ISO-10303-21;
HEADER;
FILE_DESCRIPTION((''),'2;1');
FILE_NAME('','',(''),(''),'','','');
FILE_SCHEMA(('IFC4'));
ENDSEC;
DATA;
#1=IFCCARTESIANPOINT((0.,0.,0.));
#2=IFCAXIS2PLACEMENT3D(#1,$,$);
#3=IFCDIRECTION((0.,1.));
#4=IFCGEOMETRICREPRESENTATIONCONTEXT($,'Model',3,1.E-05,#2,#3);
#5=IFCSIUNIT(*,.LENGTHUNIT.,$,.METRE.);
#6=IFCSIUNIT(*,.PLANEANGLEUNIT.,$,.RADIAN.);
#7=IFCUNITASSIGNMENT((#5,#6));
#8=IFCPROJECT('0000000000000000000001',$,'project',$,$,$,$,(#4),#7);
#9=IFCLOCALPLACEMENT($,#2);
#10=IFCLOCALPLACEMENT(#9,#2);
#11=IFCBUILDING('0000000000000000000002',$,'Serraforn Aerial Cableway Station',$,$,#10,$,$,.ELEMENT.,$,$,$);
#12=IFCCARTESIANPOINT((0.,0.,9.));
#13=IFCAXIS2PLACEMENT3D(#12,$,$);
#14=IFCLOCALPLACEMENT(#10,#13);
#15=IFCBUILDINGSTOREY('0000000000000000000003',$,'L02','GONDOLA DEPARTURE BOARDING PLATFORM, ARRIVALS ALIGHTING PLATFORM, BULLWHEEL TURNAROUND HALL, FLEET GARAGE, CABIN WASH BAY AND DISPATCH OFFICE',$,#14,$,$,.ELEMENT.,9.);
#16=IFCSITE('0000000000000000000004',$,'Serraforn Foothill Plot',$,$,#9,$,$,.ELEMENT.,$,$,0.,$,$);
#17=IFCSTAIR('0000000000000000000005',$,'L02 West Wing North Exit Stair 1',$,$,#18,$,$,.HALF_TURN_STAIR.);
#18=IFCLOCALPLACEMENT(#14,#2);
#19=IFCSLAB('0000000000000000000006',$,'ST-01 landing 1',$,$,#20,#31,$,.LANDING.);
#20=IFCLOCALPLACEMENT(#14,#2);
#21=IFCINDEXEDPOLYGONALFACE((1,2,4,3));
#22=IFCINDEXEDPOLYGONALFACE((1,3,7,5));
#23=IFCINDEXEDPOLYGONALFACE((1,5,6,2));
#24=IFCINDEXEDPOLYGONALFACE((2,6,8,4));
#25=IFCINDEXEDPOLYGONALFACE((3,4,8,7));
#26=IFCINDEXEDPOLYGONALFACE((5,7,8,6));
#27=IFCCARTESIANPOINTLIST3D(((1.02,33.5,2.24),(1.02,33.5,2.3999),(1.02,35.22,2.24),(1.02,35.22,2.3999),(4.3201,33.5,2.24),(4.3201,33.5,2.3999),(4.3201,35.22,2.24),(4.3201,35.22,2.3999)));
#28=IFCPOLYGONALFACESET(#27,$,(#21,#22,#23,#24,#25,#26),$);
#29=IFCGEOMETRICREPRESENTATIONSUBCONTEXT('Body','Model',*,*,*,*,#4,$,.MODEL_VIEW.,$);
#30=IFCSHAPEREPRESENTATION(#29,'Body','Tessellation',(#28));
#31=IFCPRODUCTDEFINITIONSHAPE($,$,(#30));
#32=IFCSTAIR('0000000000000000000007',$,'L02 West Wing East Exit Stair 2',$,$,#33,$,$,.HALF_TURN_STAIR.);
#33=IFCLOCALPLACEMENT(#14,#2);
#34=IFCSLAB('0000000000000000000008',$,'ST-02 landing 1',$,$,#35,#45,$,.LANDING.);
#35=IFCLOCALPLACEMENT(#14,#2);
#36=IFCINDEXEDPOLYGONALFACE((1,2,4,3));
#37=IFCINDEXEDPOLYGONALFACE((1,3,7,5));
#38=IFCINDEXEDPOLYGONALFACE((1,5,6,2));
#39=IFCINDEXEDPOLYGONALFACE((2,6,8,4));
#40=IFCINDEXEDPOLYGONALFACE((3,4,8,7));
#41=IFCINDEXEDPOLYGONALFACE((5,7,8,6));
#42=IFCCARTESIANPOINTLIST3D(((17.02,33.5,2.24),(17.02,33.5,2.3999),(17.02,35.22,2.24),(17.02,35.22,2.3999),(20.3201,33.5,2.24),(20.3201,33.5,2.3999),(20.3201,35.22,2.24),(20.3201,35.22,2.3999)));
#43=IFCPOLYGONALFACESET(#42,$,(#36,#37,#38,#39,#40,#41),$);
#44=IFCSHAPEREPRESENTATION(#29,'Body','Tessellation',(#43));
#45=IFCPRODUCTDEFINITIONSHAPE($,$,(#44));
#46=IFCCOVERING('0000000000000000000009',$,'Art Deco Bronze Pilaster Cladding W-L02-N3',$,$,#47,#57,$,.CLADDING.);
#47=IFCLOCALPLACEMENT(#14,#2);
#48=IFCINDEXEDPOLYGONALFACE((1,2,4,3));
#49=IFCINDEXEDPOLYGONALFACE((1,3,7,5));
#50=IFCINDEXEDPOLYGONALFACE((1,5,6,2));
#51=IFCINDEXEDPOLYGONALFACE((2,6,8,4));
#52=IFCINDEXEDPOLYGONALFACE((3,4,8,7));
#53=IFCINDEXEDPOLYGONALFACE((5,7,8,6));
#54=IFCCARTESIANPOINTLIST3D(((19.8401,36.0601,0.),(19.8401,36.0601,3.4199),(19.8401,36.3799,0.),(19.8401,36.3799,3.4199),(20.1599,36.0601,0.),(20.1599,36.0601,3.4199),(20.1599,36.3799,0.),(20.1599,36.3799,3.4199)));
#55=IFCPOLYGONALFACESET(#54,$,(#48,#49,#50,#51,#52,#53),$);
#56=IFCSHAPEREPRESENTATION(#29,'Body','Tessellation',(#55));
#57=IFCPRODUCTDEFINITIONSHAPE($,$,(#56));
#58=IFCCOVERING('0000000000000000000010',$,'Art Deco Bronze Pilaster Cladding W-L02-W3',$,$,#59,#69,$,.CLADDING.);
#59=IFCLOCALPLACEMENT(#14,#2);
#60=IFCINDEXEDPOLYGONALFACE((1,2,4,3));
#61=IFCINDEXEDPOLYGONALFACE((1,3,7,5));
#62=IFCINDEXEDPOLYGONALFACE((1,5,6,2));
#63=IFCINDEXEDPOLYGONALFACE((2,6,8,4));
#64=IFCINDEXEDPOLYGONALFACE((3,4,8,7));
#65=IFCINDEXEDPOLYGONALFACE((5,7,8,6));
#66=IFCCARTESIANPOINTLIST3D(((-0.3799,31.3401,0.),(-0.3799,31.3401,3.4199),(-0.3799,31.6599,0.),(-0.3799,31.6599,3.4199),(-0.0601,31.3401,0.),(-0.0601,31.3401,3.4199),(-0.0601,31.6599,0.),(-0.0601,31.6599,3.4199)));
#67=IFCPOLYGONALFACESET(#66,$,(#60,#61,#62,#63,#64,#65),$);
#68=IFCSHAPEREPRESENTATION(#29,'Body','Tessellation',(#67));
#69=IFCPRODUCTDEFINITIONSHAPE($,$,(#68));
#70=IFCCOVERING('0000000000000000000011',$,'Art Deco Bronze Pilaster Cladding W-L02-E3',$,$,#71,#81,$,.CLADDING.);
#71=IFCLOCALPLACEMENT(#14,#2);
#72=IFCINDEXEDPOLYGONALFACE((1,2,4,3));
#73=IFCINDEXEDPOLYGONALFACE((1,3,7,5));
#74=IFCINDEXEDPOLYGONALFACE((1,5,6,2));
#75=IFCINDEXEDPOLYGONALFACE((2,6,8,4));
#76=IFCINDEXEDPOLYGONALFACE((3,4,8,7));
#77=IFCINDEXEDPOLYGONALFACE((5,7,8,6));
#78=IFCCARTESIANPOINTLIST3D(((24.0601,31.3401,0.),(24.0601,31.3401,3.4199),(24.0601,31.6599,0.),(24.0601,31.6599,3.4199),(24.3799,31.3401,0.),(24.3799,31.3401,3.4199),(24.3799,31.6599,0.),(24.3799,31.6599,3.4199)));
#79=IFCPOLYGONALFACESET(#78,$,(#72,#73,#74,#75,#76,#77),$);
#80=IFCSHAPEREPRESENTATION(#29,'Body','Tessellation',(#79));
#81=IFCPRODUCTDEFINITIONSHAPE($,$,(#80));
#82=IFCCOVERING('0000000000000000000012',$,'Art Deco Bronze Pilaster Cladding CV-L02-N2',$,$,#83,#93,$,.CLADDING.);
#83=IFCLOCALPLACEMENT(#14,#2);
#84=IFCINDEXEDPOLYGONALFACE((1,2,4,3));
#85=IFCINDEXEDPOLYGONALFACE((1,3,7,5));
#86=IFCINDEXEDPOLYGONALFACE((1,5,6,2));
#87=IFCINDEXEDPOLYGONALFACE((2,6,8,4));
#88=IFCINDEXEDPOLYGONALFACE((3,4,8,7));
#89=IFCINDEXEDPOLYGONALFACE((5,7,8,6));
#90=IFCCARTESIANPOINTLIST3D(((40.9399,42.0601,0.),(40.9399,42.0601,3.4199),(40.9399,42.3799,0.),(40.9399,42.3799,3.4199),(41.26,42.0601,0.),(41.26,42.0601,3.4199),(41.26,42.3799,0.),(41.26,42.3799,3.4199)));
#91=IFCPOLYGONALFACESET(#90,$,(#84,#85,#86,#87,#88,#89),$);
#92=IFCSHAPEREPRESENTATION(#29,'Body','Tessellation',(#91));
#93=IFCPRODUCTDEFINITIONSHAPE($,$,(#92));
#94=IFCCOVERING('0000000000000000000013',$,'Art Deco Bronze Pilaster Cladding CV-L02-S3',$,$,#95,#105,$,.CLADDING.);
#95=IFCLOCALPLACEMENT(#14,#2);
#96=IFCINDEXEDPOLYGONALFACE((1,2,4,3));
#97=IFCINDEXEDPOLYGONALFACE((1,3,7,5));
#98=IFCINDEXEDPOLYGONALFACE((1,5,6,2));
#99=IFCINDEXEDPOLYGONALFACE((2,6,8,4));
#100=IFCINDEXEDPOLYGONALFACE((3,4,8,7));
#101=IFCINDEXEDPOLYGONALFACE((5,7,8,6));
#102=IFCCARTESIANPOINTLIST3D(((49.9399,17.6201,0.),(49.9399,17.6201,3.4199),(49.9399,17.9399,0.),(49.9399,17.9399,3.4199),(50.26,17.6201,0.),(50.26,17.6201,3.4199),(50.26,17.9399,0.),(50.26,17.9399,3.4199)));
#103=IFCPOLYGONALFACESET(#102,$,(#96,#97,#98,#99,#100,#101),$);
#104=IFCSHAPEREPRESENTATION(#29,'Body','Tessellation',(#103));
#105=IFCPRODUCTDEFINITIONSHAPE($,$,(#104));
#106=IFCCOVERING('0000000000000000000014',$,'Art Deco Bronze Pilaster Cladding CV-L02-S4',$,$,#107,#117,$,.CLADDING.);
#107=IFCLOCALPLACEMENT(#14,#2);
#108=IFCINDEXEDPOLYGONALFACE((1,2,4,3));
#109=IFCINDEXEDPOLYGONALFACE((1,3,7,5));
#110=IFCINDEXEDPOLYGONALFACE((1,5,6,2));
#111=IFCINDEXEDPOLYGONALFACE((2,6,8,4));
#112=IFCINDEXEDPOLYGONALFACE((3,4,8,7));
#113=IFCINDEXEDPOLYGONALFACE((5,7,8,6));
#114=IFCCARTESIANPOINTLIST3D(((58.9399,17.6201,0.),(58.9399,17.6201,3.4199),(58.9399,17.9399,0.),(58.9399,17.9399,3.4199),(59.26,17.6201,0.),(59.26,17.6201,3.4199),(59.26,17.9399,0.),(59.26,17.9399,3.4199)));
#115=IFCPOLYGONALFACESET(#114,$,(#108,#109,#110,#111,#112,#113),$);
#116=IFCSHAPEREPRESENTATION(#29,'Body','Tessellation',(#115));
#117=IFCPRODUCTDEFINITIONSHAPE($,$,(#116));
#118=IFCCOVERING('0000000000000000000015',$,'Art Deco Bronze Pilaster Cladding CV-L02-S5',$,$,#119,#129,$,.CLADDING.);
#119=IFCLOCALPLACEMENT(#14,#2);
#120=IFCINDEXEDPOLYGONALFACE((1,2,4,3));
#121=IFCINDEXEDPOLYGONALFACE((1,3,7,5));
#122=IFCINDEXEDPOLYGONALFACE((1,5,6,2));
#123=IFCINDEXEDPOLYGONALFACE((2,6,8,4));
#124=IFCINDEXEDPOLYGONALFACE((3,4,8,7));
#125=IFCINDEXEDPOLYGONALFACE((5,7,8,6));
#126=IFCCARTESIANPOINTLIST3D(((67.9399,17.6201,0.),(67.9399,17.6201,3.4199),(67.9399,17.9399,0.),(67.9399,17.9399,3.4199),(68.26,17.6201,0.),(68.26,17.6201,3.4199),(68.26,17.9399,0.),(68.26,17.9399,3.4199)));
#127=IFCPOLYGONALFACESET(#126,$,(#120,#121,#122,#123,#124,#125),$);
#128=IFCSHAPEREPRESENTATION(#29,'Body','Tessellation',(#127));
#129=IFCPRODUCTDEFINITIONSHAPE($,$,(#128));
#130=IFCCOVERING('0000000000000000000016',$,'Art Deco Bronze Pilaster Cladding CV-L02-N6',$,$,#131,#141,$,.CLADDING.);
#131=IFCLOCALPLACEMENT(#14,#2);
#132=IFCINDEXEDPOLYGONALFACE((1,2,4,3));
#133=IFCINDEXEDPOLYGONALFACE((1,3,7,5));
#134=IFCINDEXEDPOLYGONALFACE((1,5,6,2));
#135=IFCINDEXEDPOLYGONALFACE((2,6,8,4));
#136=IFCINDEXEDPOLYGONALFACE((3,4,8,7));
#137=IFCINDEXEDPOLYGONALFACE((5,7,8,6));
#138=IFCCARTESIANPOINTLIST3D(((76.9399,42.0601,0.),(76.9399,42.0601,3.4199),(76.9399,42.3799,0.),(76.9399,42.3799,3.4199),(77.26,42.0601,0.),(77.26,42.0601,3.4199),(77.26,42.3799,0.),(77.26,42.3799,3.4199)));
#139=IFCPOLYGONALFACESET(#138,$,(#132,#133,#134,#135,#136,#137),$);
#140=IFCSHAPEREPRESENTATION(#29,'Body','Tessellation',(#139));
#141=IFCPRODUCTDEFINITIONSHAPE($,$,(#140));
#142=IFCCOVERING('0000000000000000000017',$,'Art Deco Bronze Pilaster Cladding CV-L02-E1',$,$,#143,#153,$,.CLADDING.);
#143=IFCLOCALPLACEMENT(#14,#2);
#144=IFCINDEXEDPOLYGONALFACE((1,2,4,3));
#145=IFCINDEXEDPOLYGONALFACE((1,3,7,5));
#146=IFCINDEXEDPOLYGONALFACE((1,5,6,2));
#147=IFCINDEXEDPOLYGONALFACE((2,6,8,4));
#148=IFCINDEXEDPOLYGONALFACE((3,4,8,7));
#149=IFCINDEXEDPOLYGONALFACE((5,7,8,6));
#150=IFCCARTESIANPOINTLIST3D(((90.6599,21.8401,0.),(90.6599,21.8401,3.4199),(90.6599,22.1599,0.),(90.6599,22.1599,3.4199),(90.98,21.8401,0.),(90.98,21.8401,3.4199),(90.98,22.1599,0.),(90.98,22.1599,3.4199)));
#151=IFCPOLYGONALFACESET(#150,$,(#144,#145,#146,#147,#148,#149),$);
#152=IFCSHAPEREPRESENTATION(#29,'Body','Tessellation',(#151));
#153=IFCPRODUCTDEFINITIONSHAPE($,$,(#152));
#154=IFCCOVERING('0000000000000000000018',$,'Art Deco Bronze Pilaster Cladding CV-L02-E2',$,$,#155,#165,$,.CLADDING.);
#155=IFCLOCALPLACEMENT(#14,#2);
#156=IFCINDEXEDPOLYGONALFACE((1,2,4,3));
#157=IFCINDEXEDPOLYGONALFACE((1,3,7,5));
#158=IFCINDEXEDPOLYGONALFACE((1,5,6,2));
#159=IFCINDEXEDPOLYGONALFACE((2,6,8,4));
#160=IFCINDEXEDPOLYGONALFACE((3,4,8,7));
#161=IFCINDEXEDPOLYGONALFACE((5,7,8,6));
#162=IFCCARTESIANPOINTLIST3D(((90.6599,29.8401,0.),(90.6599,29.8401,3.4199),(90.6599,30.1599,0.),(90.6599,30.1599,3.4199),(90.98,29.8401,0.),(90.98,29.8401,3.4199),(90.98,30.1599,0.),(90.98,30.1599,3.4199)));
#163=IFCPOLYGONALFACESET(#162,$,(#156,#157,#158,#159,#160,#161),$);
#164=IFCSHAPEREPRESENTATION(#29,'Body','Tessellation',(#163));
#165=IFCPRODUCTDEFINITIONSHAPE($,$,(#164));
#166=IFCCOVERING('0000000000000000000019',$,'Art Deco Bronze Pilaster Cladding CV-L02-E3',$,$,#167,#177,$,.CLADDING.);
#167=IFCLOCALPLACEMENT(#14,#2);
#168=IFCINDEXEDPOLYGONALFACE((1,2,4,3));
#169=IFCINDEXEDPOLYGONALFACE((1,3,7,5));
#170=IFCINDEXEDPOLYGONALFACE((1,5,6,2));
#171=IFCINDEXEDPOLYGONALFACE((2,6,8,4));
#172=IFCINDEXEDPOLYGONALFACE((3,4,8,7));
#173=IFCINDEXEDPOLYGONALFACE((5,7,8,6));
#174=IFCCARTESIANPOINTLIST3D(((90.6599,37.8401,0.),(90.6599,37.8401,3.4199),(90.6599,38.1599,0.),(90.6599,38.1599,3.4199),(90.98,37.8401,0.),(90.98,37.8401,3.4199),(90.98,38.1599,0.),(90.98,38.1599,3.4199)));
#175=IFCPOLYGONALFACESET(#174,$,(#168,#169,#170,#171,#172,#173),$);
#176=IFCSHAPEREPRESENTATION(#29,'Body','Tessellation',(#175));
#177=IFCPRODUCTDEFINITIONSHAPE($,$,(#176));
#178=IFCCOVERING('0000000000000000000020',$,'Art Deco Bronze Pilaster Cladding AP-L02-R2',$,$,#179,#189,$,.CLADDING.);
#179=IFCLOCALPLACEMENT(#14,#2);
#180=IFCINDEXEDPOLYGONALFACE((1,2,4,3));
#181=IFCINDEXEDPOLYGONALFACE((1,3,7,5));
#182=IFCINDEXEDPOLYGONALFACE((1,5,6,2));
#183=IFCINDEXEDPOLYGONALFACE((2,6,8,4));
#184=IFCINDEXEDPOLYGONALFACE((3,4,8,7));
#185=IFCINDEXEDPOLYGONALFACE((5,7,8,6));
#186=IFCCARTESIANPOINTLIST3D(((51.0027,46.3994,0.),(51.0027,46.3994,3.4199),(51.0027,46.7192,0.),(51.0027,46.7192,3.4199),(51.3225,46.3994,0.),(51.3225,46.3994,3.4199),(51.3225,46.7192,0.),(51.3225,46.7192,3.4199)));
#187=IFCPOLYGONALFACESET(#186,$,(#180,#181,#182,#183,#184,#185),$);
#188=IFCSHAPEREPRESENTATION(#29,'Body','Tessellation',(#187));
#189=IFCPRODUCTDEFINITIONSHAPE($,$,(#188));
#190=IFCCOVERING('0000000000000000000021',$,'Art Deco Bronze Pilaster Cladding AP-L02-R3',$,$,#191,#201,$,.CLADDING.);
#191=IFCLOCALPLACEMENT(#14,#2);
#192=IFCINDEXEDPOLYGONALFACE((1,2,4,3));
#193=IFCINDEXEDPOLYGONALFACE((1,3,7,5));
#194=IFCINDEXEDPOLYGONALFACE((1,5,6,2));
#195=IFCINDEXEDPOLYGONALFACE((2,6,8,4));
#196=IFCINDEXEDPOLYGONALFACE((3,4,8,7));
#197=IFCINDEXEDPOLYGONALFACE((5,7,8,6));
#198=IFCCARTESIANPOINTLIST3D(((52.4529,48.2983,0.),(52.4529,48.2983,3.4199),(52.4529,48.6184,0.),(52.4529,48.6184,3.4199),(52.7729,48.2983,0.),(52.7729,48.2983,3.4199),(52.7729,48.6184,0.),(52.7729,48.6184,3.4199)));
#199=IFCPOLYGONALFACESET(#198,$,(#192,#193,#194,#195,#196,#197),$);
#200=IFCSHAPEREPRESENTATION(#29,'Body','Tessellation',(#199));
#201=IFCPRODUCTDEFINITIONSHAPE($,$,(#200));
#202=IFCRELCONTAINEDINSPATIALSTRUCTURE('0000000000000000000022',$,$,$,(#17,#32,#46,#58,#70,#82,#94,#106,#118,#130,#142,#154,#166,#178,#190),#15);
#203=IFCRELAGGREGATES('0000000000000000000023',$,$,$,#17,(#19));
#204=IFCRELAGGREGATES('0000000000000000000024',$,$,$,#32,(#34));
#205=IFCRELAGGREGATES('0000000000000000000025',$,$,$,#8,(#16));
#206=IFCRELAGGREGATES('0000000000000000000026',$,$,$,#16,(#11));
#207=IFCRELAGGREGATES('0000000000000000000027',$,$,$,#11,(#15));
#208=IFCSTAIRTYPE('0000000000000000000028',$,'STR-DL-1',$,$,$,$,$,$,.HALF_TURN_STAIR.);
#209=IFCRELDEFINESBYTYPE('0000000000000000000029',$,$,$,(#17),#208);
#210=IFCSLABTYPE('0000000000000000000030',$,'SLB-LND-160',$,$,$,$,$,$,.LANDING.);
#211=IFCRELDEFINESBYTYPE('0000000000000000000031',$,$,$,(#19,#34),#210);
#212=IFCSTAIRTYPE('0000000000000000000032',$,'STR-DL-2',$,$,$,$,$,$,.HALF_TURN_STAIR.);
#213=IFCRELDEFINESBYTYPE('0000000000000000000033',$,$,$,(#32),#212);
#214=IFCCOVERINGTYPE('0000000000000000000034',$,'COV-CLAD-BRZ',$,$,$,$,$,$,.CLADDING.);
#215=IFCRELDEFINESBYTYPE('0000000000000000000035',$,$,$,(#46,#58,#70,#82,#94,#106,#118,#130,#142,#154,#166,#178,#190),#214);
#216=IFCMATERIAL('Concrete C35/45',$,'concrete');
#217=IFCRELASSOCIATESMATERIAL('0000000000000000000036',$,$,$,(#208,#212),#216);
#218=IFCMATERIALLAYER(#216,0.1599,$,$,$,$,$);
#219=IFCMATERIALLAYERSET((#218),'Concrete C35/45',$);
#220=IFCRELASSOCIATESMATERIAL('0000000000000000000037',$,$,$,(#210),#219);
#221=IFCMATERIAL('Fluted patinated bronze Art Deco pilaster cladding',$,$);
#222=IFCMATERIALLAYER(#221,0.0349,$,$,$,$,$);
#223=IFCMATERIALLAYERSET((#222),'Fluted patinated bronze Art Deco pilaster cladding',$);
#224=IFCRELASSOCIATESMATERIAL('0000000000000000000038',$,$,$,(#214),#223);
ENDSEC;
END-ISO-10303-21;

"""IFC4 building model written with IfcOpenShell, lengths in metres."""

from ifc_helpers import new_model, si_unit, direction, frame, origin, place, context, subcontext, project, spatial, polyline, outline, extrude, material, layer, layer_set, type_object, element, aggregate, save


model = new_model("IFC4")

# Units and contexts
model_context = context("Model", 3, precision=1e-05, world=origin(), true_north=direction((0.0, 1.0)))
body_context = subcontext(model_context, "Body", "Model", "MODEL_VIEW")
ifc_project = project(units=[si_unit("LENGTHUNIT", "METRE"), si_unit("PLANEANGLEUNIT", "RADIAN")], contexts=[model_context])

# Site, building, storey
site_placement = place(None, origin())
site = spatial("IfcSite", under=ifc_project, at=site_placement, Name="Serraforn Foothill Plot", CompositionType="ELEMENT", RefElevation=0.0)
building_placement = place(site_placement, origin())
building = spatial("IfcBuilding", under=site, at=building_placement, Name="Serraforn Aerial Cableway Station", CompositionType="ELEMENT")
storey_placement = place(building_placement, frame((0.0, 0.0, 9.0)))
storey = spatial("IfcBuildingStorey", under=building, at=storey_placement, Name="L02", Description="GONDOLA DEPARTURE BOARDING PLATFORM, ARRIVALS ALIGHTING PLATFORM, BULLWHEEL TURNAROUND HALL, FLEET GARAGE, CABIN WASH BAY AND DISPATCH OFFICE", CompositionType="ELEMENT", Elevation=9.0)

# Stairs, slabs
ifc_material_1 = material(Name="Concrete C35/45", Category="concrete")
stair_type_1 = type_object("IfcStairType", Name="STR-DL-1", PredefinedType="HALF_TURN_STAIR", material=ifc_material_1)
stair_1_placement = place(storey_placement, origin())
stair_1 = element("IfcStair", 1, at=stair_1_placement, inside=storey, type_object=stair_type_1, Name="L02 West Wing North Exit Stair 1", PredefinedType="HALF_TURN_STAIR")
ifc_layer_1 = layer(ifc_material_1, 0.1599)
ifc_layer_set_1 = layer_set([ifc_layer_1], Name="Concrete C35/45")
slab_type = type_object("IfcSlabType", Name="SLB-LND-160", PredefinedType="LANDING", material=ifc_layer_set_1)
slab_1_placement = place(storey_placement, frame((0.0, 0.0, 2.24)))
slab_1 = element("IfcSlab", 2, at=slab_1_placement, type_object=slab_type, Name="ST-01 landing 1", PredefinedType="LANDING", context=body_context, shape_type="SweptSolid", body=[
    extrude(outline(polyline([(4.3201, 33.5), (4.3201, 35.22), (1.02, 35.22), (1.02, 33.5), (4.3201, 33.5)])), origin(), (0.0, 0.0, 1.0), 0.1599),
])
aggregate(stair_1, [slab_1])
stair_type_2 = type_object("IfcStairType", Name="STR-DL-2", PredefinedType="HALF_TURN_STAIR", material=ifc_material_1)
stair_2_placement = place(storey_placement, origin())
stair_2 = element("IfcStair", 3, at=stair_2_placement, inside=storey, type_object=stair_type_2, Name="L02 West Wing East Exit Stair 2", PredefinedType="HALF_TURN_STAIR")
slab_2_placement = place(storey_placement, frame((0.0, 0.0, 2.24)))
slab_2 = element("IfcSlab", 4, at=slab_2_placement, type_object=slab_type, Name="ST-02 landing 1", PredefinedType="LANDING", context=body_context, shape_type="SweptSolid", body=[
    extrude(outline(polyline([(20.3201, 33.5), (20.3201, 35.22), (17.02, 35.22), (17.02, 33.5), (20.3201, 33.5)])), origin(), (0.0, 0.0, 1.0), 0.1599),
])
aggregate(stair_2, [slab_2])

# Coverings
ifc_material_2 = material(Name="Fluted patinated bronze Art Deco pilaster cladding")
ifc_layer_2 = layer(ifc_material_2, 0.0349)
ifc_layer_set_2 = layer_set([ifc_layer_2], Name="Fluted patinated bronze Art Deco pilaster cladding")
covering_type = type_object("IfcCoveringType", Name="COV-CLAD-BRZ", PredefinedType="CLADDING", material=ifc_layer_set_2)
covering_1_placement = place(storey_placement, origin())
element("IfcCovering", 5, at=covering_1_placement, inside=storey, type_object=covering_type, Name="Art Deco Bronze Pilaster Cladding W-L02-N3", PredefinedType="CLADDING", context=body_context, shape_type="SweptSolid", body=[
    extrude(outline(polyline([(19.8401, 36.0601), (20.1599, 36.0601), (20.1599, 36.3799), (19.8401, 36.3799), (19.8401, 36.0601)])), origin(), (0.0, 0.0, 1.0), 3.4199),
])
covering_2_placement = place(storey_placement, origin())
element("IfcCovering", 6, at=covering_2_placement, inside=storey, type_object=covering_type, Name="Art Deco Bronze Pilaster Cladding W-L02-W3", PredefinedType="CLADDING", context=body_context, shape_type="SweptSolid", body=[
    extrude(outline(polyline([(-0.3799, 31.3401), (-0.0601, 31.3401), (-0.0601, 31.6599), (-0.3799, 31.6599), (-0.3799, 31.3401)])), origin(), (0.0, 0.0, 1.0), 3.4199),
])
covering_3_placement = place(storey_placement, origin())
element("IfcCovering", 7, at=covering_3_placement, inside=storey, type_object=covering_type, Name="Art Deco Bronze Pilaster Cladding W-L02-E3", PredefinedType="CLADDING", context=body_context, shape_type="SweptSolid", body=[
    extrude(outline(polyline([(24.0601, 31.3401), (24.3799, 31.3401), (24.3799, 31.6599), (24.0601, 31.6599), (24.0601, 31.3401)])), origin(), (0.0, 0.0, 1.0), 3.4199),
])
covering_4_placement = place(storey_placement, origin())
element("IfcCovering", 8, at=covering_4_placement, inside=storey, type_object=covering_type, Name="Art Deco Bronze Pilaster Cladding CV-L02-N2", PredefinedType="CLADDING", context=body_context, shape_type="SweptSolid", body=[
    extrude(outline(polyline([(40.9399, 42.0601), (41.26, 42.0601), (41.26, 42.3799), (40.9399, 42.3799), (40.9399, 42.0601)])), origin(), (0.0, 0.0, 1.0), 3.4199),
])
covering_5_placement = place(storey_placement, origin())
element("IfcCovering", 9, at=covering_5_placement, inside=storey, type_object=covering_type, Name="Art Deco Bronze Pilaster Cladding CV-L02-S3", PredefinedType="CLADDING", context=body_context, shape_type="SweptSolid", body=[
    extrude(outline(polyline([(49.9399, 17.6201), (50.26, 17.6201), (50.26, 17.9399), (49.9399, 17.9399), (49.9399, 17.6201)])), origin(), (0.0, 0.0, 1.0), 3.4199),
])
covering_6_placement = place(storey_placement, origin())
element("IfcCovering", 10, at=covering_6_placement, inside=storey, type_object=covering_type, Name="Art Deco Bronze Pilaster Cladding CV-L02-S4", PredefinedType="CLADDING", context=body_context, shape_type="SweptSolid", body=[
    extrude(outline(polyline([(58.9399, 17.6201), (59.26, 17.6201), (59.26, 17.9399), (58.9399, 17.9399), (58.9399, 17.6201)])), origin(), (0.0, 0.0, 1.0), 3.4199),
])
covering_7_placement = place(storey_placement, origin())
element("IfcCovering", 11, at=covering_7_placement, inside=storey, type_object=covering_type, Name="Art Deco Bronze Pilaster Cladding CV-L02-S5", PredefinedType="CLADDING", context=body_context, shape_type="SweptSolid", body=[
    extrude(outline(polyline([(67.9399, 17.6201), (68.26, 17.6201), (68.26, 17.9399), (67.9399, 17.9399), (67.9399, 17.6201)])), origin(), (0.0, 0.0, 1.0), 3.4199),
])
covering_8_placement = place(storey_placement, origin())
element("IfcCovering", 12, at=covering_8_placement, inside=storey, type_object=covering_type, Name="Art Deco Bronze Pilaster Cladding CV-L02-N6", PredefinedType="CLADDING", context=body_context, shape_type="SweptSolid", body=[
    extrude(outline(polyline([(76.9399, 42.0601), (77.26, 42.0601), (77.26, 42.3799), (76.9399, 42.3799), (76.9399, 42.0601)])), origin(), (0.0, 0.0, 1.0), 3.4199),
])
covering_9_placement = place(storey_placement, origin())
element("IfcCovering", 13, at=covering_9_placement, inside=storey, type_object=covering_type, Name="Art Deco Bronze Pilaster Cladding CV-L02-E1", PredefinedType="CLADDING", context=body_context, shape_type="SweptSolid", body=[
    extrude(outline(polyline([(90.6599, 21.8401), (90.98, 21.8401), (90.98, 22.1599), (90.6599, 22.1599), (90.6599, 21.8401)])), origin(), (0.0, 0.0, 1.0), 3.4199),
])
covering_10_placement = place(storey_placement, origin())
element("IfcCovering", 14, at=covering_10_placement, inside=storey, type_object=covering_type, Name="Art Deco Bronze Pilaster Cladding CV-L02-E2", PredefinedType="CLADDING", context=body_context, shape_type="SweptSolid", body=[
    extrude(outline(polyline([(90.6599, 29.8401), (90.98, 29.8401), (90.98, 30.1599), (90.6599, 30.1599), (90.6599, 29.8401)])), origin(), (0.0, 0.0, 1.0), 3.4199),
])
covering_11_placement = place(storey_placement, origin())
element("IfcCovering", 15, at=covering_11_placement, inside=storey, type_object=covering_type, Name="Art Deco Bronze Pilaster Cladding CV-L02-E3", PredefinedType="CLADDING", context=body_context, shape_type="SweptSolid", body=[
    extrude(outline(polyline([(90.6599, 37.8401), (90.98, 37.8401), (90.98, 38.1599), (90.6599, 38.1599), (90.6599, 37.8401)])), origin(), (0.0, 0.0, 1.0), 3.4199),
])
covering_12_placement = place(storey_placement, origin())
element("IfcCovering", 16, at=covering_12_placement, inside=storey, type_object=covering_type, Name="Art Deco Bronze Pilaster Cladding AP-L02-R2", PredefinedType="CLADDING", context=body_context, shape_type="SweptSolid", body=[
    extrude(outline(polyline([(51.0027, 46.3994), (51.3225, 46.3994), (51.3225, 46.7192), (51.0027, 46.7192), (51.0027, 46.3994)])), origin(), (0.0, 0.0, 1.0), 3.4199),
])
covering_13_placement = place(storey_placement, origin())
element("IfcCovering", 17, at=covering_13_placement, inside=storey, type_object=covering_type, Name="Art Deco Bronze Pilaster Cladding AP-L02-R3", PredefinedType="CLADDING", context=body_context, shape_type="SweptSolid", body=[
    extrude(outline(polyline([(52.4529, 48.2983), (52.7729, 48.2983), (52.7729, 48.6184), (52.4529, 48.6184), (52.4529, 48.2983)])), origin(), (0.0, 0.0, 1.0), 3.4199),
])

save(model, "model.ifc")
